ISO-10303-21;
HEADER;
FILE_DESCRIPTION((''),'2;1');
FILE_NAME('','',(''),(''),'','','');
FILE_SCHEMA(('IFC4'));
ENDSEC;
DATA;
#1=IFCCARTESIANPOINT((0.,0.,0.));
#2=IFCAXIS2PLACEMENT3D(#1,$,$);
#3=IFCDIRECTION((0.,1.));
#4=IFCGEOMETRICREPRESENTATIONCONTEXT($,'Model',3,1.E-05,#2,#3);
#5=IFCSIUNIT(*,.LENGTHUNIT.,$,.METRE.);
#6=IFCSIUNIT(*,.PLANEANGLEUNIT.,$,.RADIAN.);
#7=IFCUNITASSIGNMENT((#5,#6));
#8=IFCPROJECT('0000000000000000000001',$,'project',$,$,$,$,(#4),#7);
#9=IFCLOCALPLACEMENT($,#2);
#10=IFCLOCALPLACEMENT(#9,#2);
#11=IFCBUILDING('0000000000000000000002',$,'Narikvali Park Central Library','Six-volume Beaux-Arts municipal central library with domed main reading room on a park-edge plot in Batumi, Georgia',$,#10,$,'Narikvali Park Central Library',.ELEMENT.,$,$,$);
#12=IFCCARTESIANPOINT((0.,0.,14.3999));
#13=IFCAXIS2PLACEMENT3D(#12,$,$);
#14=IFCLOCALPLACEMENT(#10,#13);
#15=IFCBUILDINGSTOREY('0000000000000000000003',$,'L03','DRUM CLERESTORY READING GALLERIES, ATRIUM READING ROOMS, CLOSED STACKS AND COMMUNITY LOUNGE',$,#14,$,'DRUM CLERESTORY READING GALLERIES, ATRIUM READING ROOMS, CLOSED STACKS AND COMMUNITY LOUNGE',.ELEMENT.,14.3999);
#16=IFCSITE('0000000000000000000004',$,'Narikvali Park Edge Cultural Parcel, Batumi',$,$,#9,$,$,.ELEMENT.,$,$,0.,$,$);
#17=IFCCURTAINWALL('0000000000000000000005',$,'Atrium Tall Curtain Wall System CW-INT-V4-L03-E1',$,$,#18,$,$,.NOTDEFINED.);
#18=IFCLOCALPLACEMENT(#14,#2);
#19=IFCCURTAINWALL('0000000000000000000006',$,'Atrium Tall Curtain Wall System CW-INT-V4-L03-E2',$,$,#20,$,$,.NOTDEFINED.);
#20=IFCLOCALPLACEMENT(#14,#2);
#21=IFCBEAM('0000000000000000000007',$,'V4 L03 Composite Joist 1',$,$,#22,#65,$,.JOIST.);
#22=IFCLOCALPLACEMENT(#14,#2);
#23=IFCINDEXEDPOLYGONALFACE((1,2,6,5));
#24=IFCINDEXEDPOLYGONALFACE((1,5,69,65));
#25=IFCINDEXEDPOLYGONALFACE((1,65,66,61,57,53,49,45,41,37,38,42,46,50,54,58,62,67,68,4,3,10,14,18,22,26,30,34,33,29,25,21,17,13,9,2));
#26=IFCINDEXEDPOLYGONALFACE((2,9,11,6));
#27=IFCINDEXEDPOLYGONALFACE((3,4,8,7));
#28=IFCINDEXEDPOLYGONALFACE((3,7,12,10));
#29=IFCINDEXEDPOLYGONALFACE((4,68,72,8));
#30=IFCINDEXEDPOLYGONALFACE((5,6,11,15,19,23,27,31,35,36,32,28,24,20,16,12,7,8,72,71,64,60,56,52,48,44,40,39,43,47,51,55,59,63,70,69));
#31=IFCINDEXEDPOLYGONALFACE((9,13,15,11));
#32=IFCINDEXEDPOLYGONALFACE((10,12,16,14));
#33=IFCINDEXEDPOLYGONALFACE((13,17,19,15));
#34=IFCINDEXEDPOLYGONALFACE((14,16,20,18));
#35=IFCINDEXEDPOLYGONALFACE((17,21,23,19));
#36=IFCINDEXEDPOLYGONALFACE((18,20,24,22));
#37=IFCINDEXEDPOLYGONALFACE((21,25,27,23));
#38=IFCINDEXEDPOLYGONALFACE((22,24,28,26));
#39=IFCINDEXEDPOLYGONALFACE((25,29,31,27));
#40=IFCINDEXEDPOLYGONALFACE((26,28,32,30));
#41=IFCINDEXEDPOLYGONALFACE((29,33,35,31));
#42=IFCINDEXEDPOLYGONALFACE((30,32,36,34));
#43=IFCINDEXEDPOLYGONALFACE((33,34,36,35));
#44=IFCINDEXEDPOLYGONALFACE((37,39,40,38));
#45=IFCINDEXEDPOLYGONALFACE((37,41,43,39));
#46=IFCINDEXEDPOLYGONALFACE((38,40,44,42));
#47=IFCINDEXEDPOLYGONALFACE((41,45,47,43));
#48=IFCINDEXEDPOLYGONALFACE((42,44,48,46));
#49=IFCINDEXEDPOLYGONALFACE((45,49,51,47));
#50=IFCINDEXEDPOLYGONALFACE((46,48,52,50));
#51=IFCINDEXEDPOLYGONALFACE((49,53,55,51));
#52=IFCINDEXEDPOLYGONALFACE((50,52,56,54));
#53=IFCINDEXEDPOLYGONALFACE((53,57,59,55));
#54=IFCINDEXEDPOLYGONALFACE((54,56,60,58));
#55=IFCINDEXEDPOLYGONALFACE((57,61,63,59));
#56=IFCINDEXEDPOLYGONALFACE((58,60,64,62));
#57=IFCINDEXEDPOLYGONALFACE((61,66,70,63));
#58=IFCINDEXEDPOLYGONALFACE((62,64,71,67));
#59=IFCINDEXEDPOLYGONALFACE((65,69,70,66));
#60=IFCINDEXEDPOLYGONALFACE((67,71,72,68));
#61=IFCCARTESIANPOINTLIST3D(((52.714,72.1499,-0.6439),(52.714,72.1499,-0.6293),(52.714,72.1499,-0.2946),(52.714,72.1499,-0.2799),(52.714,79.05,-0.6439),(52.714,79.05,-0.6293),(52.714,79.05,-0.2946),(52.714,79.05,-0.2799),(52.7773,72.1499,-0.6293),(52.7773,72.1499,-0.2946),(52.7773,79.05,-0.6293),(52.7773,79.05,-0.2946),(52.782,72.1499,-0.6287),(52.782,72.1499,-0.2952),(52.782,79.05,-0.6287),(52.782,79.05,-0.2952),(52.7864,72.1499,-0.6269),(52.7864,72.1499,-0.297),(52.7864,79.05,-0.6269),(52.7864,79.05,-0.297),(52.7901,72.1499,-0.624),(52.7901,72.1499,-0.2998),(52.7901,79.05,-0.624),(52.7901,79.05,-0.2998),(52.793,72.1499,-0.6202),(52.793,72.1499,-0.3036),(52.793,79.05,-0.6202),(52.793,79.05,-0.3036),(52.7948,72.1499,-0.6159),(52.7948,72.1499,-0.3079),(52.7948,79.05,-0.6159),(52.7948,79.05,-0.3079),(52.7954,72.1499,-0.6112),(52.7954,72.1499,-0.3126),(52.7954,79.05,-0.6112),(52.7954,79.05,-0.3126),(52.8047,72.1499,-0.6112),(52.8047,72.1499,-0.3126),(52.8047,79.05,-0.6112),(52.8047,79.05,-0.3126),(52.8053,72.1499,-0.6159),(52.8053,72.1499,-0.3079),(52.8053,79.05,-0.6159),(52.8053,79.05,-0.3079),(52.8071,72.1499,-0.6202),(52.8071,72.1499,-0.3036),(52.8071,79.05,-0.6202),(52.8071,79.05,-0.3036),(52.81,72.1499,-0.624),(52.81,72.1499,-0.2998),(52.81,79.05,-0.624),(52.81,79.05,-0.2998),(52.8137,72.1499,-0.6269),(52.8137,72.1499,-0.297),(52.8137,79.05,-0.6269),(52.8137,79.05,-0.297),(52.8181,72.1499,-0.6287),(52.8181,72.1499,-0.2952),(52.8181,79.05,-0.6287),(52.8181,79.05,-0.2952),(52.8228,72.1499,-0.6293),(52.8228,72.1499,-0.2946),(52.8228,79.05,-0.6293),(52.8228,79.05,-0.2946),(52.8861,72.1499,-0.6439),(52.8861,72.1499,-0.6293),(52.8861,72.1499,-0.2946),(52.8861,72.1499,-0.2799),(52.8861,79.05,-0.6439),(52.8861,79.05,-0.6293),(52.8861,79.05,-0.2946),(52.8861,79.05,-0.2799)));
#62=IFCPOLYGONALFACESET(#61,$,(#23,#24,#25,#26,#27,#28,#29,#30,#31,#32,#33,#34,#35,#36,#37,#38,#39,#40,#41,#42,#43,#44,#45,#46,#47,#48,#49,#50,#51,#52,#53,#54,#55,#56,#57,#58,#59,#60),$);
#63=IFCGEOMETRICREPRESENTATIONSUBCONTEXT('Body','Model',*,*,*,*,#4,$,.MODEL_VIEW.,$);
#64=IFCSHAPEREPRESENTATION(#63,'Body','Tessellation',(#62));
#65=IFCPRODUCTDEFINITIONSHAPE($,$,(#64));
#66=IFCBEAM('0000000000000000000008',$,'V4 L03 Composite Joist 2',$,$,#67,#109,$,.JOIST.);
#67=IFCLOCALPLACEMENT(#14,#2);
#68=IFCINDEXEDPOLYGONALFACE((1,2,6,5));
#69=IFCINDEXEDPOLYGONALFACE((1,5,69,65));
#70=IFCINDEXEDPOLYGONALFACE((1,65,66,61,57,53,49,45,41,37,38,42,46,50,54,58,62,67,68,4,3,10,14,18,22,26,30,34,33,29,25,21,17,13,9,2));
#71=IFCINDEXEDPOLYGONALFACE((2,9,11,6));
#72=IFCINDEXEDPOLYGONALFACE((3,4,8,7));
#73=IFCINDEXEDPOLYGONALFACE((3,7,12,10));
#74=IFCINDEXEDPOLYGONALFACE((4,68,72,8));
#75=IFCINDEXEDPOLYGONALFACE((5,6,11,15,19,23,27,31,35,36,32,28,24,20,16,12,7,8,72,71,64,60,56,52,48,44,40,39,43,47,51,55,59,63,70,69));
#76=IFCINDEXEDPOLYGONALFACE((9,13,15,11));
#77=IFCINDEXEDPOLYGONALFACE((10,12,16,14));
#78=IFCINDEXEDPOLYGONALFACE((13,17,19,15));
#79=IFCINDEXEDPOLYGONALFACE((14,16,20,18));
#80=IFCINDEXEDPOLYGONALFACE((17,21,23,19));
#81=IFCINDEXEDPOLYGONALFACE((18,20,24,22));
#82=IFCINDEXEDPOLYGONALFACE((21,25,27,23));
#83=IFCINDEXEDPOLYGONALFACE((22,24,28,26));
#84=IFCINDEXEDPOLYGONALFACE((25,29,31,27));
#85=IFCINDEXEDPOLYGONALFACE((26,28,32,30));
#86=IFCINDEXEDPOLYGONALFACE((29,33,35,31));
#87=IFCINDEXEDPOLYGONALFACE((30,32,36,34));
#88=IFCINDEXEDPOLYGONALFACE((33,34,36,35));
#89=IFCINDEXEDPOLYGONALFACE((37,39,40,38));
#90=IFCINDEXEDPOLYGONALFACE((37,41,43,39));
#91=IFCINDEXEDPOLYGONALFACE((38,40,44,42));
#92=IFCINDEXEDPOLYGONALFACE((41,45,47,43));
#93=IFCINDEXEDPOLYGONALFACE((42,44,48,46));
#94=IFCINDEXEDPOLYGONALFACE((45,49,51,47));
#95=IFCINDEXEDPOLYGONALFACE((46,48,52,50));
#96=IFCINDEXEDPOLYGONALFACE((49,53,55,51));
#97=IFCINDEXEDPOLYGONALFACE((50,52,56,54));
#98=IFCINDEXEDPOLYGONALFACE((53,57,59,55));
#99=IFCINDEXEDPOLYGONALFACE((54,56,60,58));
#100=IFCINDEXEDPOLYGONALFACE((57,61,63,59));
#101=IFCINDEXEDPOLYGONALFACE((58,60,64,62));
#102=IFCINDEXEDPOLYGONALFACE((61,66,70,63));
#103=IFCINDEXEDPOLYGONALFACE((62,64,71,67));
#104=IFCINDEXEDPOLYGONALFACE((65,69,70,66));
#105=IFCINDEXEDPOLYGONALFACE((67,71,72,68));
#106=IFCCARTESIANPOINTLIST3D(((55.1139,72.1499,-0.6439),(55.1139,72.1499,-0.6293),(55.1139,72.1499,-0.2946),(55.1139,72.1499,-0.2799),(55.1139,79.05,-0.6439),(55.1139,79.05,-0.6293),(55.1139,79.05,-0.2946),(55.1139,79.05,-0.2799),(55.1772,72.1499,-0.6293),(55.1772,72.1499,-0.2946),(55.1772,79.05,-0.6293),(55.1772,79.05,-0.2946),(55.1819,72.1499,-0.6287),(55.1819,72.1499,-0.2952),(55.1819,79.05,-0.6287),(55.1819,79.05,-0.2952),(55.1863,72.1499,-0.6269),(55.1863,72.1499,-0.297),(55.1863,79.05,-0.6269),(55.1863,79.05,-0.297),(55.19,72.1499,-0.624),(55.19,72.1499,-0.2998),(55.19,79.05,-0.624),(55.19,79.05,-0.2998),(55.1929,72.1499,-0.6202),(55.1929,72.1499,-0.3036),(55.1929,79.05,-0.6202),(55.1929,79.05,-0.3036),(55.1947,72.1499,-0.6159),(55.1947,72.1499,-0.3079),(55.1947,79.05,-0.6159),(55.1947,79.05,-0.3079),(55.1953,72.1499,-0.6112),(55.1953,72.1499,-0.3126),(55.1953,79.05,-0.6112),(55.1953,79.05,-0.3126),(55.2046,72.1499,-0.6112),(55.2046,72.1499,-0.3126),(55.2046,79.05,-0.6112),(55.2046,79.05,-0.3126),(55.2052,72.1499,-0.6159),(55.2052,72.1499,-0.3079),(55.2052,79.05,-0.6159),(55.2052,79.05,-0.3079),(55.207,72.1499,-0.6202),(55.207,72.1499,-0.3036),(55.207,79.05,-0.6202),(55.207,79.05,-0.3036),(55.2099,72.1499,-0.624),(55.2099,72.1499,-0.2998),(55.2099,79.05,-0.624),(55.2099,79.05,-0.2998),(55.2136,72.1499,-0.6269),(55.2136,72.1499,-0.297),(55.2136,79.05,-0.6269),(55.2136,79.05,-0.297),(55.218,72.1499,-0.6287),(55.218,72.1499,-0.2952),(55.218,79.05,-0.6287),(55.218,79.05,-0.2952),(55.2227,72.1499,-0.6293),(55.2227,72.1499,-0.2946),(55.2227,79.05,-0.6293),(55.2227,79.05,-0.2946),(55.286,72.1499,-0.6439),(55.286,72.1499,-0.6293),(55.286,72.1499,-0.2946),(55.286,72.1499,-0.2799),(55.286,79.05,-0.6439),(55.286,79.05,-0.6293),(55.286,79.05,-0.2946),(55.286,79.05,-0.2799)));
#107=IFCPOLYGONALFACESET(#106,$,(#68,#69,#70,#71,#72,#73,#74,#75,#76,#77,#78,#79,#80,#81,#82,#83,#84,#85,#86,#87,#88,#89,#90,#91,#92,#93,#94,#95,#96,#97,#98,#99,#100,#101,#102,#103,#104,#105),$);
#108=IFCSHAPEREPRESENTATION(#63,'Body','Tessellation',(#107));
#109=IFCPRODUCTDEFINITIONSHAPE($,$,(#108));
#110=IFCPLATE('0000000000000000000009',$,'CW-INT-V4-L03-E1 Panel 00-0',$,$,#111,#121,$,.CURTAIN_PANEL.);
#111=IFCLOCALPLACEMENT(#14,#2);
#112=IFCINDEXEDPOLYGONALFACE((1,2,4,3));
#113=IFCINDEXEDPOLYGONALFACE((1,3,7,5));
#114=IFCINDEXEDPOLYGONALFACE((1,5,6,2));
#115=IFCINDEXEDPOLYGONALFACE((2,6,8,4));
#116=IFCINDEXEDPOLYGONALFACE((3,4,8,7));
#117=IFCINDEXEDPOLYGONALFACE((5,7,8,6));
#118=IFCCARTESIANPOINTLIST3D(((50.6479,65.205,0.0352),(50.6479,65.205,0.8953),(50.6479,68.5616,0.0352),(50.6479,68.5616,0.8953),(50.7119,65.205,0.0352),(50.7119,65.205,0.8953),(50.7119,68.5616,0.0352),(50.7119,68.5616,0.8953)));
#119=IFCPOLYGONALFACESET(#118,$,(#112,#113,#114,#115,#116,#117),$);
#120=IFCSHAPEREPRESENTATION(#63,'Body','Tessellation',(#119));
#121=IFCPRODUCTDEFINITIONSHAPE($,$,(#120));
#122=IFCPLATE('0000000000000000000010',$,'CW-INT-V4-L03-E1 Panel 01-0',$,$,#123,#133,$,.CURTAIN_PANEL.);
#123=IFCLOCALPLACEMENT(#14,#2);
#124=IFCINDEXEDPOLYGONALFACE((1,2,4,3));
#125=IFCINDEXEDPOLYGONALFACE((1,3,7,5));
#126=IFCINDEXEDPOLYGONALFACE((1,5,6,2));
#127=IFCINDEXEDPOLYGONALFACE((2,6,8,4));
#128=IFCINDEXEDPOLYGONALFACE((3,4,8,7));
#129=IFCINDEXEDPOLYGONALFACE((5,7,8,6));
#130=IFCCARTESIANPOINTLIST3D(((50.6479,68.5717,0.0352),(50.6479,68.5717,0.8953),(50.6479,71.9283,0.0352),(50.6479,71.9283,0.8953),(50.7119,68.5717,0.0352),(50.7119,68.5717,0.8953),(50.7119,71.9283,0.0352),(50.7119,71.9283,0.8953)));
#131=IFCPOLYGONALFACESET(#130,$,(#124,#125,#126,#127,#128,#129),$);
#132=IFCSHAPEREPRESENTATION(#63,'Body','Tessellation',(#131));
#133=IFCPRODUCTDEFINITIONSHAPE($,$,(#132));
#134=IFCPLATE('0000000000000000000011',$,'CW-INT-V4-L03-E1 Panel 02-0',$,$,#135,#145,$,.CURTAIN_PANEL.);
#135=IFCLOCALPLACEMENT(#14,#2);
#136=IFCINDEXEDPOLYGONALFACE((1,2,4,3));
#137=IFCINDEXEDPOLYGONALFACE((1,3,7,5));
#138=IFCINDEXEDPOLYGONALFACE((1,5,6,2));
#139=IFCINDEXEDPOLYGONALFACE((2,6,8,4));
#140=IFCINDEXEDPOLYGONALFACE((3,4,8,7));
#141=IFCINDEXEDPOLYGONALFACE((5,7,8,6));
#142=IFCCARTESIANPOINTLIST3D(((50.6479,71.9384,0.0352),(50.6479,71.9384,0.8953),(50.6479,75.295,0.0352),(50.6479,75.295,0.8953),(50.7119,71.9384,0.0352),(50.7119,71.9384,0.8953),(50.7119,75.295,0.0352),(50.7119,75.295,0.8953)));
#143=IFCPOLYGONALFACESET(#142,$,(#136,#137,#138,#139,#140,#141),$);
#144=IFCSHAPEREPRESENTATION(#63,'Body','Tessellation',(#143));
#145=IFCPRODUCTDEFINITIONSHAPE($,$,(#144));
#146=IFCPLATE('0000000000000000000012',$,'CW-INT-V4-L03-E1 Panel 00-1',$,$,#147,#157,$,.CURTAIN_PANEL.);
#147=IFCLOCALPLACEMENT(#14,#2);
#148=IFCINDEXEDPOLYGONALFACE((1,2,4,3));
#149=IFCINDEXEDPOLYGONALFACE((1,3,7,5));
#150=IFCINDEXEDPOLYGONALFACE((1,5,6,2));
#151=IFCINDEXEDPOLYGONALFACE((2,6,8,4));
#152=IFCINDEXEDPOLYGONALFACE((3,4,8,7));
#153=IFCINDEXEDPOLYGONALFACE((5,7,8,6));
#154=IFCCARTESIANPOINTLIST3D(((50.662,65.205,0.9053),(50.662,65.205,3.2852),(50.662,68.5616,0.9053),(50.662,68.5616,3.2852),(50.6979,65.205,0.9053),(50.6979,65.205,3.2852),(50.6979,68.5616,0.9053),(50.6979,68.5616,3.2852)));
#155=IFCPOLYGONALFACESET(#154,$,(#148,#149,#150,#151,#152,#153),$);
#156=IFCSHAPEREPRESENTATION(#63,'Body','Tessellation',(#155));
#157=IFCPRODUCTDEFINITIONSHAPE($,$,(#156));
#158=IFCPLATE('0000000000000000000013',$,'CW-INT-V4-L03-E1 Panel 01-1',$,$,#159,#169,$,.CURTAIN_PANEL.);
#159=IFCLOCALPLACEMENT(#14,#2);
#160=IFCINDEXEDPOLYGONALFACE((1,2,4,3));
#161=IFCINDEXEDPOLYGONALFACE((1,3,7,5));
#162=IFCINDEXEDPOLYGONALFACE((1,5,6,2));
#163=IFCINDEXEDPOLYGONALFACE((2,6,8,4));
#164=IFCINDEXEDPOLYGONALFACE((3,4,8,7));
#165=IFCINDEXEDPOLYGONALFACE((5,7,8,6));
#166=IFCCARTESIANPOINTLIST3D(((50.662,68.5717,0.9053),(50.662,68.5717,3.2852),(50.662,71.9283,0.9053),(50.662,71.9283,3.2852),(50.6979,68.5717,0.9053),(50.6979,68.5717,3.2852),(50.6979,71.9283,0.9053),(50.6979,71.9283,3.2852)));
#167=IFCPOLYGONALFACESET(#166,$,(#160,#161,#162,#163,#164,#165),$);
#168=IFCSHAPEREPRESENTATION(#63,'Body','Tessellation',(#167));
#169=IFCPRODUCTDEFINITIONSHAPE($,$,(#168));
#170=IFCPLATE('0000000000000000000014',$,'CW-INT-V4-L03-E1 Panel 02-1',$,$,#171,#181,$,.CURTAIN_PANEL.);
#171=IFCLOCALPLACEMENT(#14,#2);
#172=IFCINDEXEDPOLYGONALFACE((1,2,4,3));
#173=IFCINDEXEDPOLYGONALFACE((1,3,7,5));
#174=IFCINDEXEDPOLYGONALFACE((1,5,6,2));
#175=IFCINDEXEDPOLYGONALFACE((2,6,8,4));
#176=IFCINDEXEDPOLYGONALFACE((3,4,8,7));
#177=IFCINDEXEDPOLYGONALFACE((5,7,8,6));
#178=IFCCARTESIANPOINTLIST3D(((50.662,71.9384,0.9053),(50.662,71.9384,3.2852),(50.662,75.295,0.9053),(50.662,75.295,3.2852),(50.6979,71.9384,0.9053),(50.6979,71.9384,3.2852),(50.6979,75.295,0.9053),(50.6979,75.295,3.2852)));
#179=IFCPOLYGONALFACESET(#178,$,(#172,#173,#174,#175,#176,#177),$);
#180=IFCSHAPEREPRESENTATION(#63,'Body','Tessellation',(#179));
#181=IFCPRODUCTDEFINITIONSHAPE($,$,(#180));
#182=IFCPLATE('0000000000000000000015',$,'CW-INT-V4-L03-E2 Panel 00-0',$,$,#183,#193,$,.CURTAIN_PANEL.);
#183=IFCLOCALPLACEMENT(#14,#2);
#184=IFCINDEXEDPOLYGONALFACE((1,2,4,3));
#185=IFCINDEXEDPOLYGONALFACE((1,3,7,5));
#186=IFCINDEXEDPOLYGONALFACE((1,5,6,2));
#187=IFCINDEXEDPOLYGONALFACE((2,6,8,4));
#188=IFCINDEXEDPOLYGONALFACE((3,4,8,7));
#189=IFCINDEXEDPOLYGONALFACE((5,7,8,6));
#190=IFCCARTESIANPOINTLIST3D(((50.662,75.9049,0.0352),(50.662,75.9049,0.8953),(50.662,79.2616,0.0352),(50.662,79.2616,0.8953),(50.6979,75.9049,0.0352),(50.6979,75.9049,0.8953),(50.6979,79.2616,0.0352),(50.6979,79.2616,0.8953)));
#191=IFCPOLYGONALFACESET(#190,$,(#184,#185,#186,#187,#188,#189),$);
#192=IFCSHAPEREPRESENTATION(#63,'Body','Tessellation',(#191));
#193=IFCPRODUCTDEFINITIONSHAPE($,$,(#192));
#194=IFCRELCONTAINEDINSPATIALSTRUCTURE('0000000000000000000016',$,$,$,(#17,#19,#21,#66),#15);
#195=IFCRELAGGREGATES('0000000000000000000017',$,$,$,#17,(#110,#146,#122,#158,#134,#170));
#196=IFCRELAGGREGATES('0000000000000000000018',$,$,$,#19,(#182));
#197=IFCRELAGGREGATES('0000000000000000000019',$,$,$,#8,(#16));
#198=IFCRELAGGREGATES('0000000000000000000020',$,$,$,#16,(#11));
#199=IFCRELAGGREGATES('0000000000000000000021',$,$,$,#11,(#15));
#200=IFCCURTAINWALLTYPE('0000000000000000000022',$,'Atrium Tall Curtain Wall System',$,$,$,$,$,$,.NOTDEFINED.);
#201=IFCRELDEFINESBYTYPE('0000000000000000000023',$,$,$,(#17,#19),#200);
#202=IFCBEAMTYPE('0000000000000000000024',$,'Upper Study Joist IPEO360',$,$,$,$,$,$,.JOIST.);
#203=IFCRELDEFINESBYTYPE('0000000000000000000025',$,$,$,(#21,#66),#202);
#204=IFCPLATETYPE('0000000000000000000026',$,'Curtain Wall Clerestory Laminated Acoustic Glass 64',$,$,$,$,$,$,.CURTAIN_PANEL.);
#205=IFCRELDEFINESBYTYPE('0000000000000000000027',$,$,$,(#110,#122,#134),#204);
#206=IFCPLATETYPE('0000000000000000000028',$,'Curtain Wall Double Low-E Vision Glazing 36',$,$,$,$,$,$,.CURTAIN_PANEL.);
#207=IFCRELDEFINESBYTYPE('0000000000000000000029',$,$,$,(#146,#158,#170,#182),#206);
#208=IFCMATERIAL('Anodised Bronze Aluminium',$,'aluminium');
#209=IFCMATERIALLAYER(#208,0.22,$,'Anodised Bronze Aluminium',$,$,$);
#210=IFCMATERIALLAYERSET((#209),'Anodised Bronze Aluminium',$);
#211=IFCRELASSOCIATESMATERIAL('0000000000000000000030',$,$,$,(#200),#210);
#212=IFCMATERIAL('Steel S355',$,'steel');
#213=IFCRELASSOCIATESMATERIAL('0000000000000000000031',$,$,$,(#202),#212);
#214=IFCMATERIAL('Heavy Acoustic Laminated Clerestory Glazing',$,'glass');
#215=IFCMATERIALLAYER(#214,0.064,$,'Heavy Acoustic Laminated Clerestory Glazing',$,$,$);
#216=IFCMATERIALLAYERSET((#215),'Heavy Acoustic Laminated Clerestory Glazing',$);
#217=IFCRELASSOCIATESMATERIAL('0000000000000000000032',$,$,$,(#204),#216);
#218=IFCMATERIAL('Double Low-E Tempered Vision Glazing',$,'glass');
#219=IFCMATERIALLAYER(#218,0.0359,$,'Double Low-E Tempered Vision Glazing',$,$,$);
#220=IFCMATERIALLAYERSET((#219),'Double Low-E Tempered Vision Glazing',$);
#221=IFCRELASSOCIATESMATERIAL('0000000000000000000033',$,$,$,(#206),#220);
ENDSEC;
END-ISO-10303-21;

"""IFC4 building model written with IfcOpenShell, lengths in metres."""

from ifc_helpers import new_model, si_unit, direction, frame, origin, origin_2d, place, context, subcontext, project, spatial, rectangle, i_section, extrude, material, layer, layer_set, material_profile, profile_set, type_object, element, aggregate, save


model = new_model("IFC4")

# Units and contexts
model_context = context("Model", 3, precision=1e-05, world=origin(), true_north=direction((0.0, 1.0)))
body_context = subcontext(model_context, "Body", "Model", "MODEL_VIEW")
ifc_project = project(units=[si_unit("LENGTHUNIT", "METRE"), si_unit("PLANEANGLEUNIT", "RADIAN")], contexts=[model_context])

# Site, building, storey
site_placement = place(None, origin())
site = spatial("IfcSite", under=ifc_project, at=site_placement, Name="Narikvali Park Edge Cultural Parcel, Batumi", CompositionType="ELEMENT", RefElevation=0.0)
building_placement = place(site_placement, origin())
building = spatial("IfcBuilding", under=site, at=building_placement, Name="Narikvali Park Central Library", Description="Six-volume Beaux-Arts municipal central library with domed main reading room on a park-edge plot in Batumi, Georgia", LongName="Narikvali Park Central Library", CompositionType="ELEMENT")
storey_placement = place(building_placement, frame((0.0, 0.0, 14.3999)))
storey = spatial("IfcBuildingStorey", under=building, at=storey_placement, Name="L03", Description="DRUM CLERESTORY READING GALLERIES, ATRIUM READING ROOMS, CLOSED STACKS AND COMMUNITY LOUNGE", LongName="DRUM CLERESTORY READING GALLERIES, ATRIUM READING ROOMS, CLOSED STACKS AND COMMUNITY LOUNGE", CompositionType="ELEMENT", Elevation=14.3999)

# Shared definitions
ifc_material_1 = material(Name="Steel S355", Category="steel")

# Curtain walls
ifc_material_2 = material(Name="Anodised Bronze Aluminium", Category="aluminium")
ifc_layer_1 = layer(ifc_material_2, 0.22, Name="Anodised Bronze Aluminium")
ifc_layer_set_1 = layer_set([ifc_layer_1], Name="Anodised Bronze Aluminium")
curtain_wall_type = type_object("IfcCurtainWallType", Name="Atrium Tall Curtain Wall System", PredefinedType="NOTDEFINED", material=ifc_layer_set_1)
curtain_wall_1_placement = place(storey_placement, origin())
curtain_wall_1 = element("IfcCurtainWall", 1, at=curtain_wall_1_placement, inside=storey, type_object=curtain_wall_type, Name="Atrium Tall Curtain Wall System CW-INT-V4-L03-E1", PredefinedType="NOTDEFINED")
curtain_wall_2_placement = place(storey_placement, origin())
curtain_wall_2 = element("IfcCurtainWall", 2, at=curtain_wall_2_placement, inside=storey, type_object=curtain_wall_type, Name="Atrium Tall Curtain Wall System CW-INT-V4-L03-E2", PredefinedType="NOTDEFINED")

# Beams
ifc_material_profile_1 = material_profile(ifc_material_1, i_section(OverallWidth=0.1721, OverallDepth=0.364, WebThickness=0.0093, FlangeThickness=0.0146, FilletRadius=0.0181, at=origin_2d()), Name="IPEO 360")
ifc_profile_set_1 = profile_set([ifc_material_profile_1], Name="Steel S355")
beam_type_1 = type_object("IfcBeamType", Name="Upper Study Joist IPEO360", PredefinedType="JOIST", material=ifc_profile_set_1)
for number, where, z_axis, x_axis, name in (
    (3, (52.8, 72.1499, -0.4619), (0.0, 1.0, 0.0), (-1.0, 0.0, 0.0), "V4 L03 Composite Joist 1"),
    (4, (55.2, 72.1499, -0.4619), (0.0, 1.0, 0.0), (-1.0, 0.0, 0.0), "V4 L03 Composite Joist 2"),
):
    element("IfcBeam", number, at=place(storey_placement, frame(where, z_axis=z_axis, x_axis=x_axis)), inside=storey, type_object=beam_type_1, Name=name, PredefinedType="JOIST", context=body_context, shape_type="SweptSolid", body=[
        extrude(i_section(OverallWidth=0.1721, OverallDepth=0.364, WebThickness=0.0093, FlangeThickness=0.0146, FilletRadius=0.0181, at=origin_2d()), origin(), (0.0, 0.0, 1.0), 6.9001),
    ])

# Plates
ifc_material_3 = material(Name="Heavy Acoustic Laminated Clerestory Glazing", Category="glass")
ifc_layer_2 = layer(ifc_material_3, 0.064, Name="Heavy Acoustic Laminated Clerestory Glazing")
ifc_layer_set_2 = layer_set([ifc_layer_2], Name="Heavy Acoustic Laminated Clerestory Glazing")
plate_type_1 = type_object("IfcPlateType", Name="Curtain Wall Clerestory Laminated Acoustic Glass 64", PredefinedType="CURTAIN_PANEL", material=ifc_layer_set_2)
plate_1_placement = place(storey_placement, frame((50.6799, 66.8833, 0.0352), z_axis=(0.0, 0.0, 1.0), x_axis=(0.0, 1.0, 0.0)))
plate_1 = element("IfcPlate", 5, at=plate_1_placement, type_object=plate_type_1, Name="CW-INT-V4-L03-E1 Panel 00-0", PredefinedType="CURTAIN_PANEL", context=body_context, shape_type="SweptSolid", body=[
    extrude(rectangle(XDim=3.3567, YDim=0.064, at=origin_2d()), origin(), (0.0, 0.0, 1.0), 0.8601),
])
plate_2_placement = place(storey_placement, frame((50.6799, 70.25, 0.0352), z_axis=(0.0, 0.0, 1.0), x_axis=(0.0, 1.0, 0.0)))
plate_2 = element("IfcPlate", 6, at=plate_2_placement, type_object=plate_type_1, Name="CW-INT-V4-L03-E1 Panel 01-0", PredefinedType="CURTAIN_PANEL", context=body_context, shape_type="SweptSolid", body=[
    extrude(rectangle(XDim=3.3567, YDim=0.064, at=origin_2d()), origin(), (0.0, 0.0, 1.0), 0.8601),
])
plate_3_placement = place(storey_placement, frame((50.6799, 73.6167, 0.0352), z_axis=(0.0, 0.0, 1.0), x_axis=(0.0, 1.0, 0.0)))
plate_3 = element("IfcPlate", 7, at=plate_3_placement, type_object=plate_type_1, Name="CW-INT-V4-L03-E1 Panel 02-0", PredefinedType="CURTAIN_PANEL", context=body_context, shape_type="SweptSolid", body=[
    extrude(rectangle(XDim=3.3567, YDim=0.064, at=origin_2d()), origin(), (0.0, 0.0, 1.0), 0.8601),
])
ifc_material_4 = material(Name="Double Low-E Tempered Vision Glazing", Category="glass")
ifc_layer_3 = layer(ifc_material_4, 0.0359, Name="Double Low-E Tempered Vision Glazing")
ifc_layer_set_3 = layer_set([ifc_layer_3], Name="Double Low-E Tempered Vision Glazing")
plate_type_2 = type_object("IfcPlateType", Name="Curtain Wall Double Low-E Vision Glazing 36", PredefinedType="CURTAIN_PANEL", material=ifc_layer_set_3)
plate_4_placement = place(storey_placement, frame((50.6799, 66.8833, 0.9053), z_axis=(0.0, 0.0, 1.0), x_axis=(0.0, 1.0, 0.0)))
plate_4 = element("IfcPlate", 8, at=plate_4_placement, type_object=plate_type_2, Name="CW-INT-V4-L03-E1 Panel 00-1", PredefinedType="CURTAIN_PANEL", context=body_context, shape_type="SweptSolid", body=[
    extrude(rectangle(XDim=3.3567, YDim=0.0359, at=origin_2d()), origin(), (0.0, 0.0, 1.0), 2.3799),
])
plate_5_placement = place(storey_placement, frame((50.6799, 70.25, 0.9053), z_axis=(0.0, 0.0, 1.0), x_axis=(0.0, 1.0, 0.0)))
plate_5 = element("IfcPlate", 9, at=plate_5_placement, type_object=plate_type_2, Name="CW-INT-V4-L03-E1 Panel 01-1", PredefinedType="CURTAIN_PANEL", context=body_context, shape_type="SweptSolid", body=[
    extrude(rectangle(XDim=3.3567, YDim=0.0359, at=origin_2d()), origin(), (0.0, 0.0, 1.0), 2.3799),
])
plate_6_placement = place(storey_placement, frame((50.6799, 73.6167, 0.9053), z_axis=(0.0, 0.0, 1.0), x_axis=(0.0, 1.0, 0.0)))
plate_6 = element("IfcPlate", 10, at=plate_6_placement, type_object=plate_type_2, Name="CW-INT-V4-L03-E1 Panel 02-1", PredefinedType="CURTAIN_PANEL", context=body_context, shape_type="SweptSolid", body=[
    extrude(rectangle(XDim=3.3567, YDim=0.0359, at=origin_2d()), origin(), (0.0, 0.0, 1.0), 2.3799),
])
aggregate(curtain_wall_1, [plate_1, plate_4, plate_2, plate_5, plate_3, plate_6])
plate_7_placement = place(storey_placement, frame((50.6799, 77.5833, 0.0352), z_axis=(0.0, 0.0, 1.0), x_axis=(0.0, 1.0, 0.0)))
plate_7 = element("IfcPlate", 11, at=plate_7_placement, type_object=plate_type_2, Name="CW-INT-V4-L03-E2 Panel 00-0", PredefinedType="CURTAIN_PANEL", context=body_context, shape_type="SweptSolid", body=[
    extrude(rectangle(XDim=3.3567, YDim=0.0359, at=origin_2d()), origin(), (0.0, 0.0, 1.0), 0.8601),
])
aggregate(curtain_wall_2, [plate_7])

save(model, "model.ifc")
